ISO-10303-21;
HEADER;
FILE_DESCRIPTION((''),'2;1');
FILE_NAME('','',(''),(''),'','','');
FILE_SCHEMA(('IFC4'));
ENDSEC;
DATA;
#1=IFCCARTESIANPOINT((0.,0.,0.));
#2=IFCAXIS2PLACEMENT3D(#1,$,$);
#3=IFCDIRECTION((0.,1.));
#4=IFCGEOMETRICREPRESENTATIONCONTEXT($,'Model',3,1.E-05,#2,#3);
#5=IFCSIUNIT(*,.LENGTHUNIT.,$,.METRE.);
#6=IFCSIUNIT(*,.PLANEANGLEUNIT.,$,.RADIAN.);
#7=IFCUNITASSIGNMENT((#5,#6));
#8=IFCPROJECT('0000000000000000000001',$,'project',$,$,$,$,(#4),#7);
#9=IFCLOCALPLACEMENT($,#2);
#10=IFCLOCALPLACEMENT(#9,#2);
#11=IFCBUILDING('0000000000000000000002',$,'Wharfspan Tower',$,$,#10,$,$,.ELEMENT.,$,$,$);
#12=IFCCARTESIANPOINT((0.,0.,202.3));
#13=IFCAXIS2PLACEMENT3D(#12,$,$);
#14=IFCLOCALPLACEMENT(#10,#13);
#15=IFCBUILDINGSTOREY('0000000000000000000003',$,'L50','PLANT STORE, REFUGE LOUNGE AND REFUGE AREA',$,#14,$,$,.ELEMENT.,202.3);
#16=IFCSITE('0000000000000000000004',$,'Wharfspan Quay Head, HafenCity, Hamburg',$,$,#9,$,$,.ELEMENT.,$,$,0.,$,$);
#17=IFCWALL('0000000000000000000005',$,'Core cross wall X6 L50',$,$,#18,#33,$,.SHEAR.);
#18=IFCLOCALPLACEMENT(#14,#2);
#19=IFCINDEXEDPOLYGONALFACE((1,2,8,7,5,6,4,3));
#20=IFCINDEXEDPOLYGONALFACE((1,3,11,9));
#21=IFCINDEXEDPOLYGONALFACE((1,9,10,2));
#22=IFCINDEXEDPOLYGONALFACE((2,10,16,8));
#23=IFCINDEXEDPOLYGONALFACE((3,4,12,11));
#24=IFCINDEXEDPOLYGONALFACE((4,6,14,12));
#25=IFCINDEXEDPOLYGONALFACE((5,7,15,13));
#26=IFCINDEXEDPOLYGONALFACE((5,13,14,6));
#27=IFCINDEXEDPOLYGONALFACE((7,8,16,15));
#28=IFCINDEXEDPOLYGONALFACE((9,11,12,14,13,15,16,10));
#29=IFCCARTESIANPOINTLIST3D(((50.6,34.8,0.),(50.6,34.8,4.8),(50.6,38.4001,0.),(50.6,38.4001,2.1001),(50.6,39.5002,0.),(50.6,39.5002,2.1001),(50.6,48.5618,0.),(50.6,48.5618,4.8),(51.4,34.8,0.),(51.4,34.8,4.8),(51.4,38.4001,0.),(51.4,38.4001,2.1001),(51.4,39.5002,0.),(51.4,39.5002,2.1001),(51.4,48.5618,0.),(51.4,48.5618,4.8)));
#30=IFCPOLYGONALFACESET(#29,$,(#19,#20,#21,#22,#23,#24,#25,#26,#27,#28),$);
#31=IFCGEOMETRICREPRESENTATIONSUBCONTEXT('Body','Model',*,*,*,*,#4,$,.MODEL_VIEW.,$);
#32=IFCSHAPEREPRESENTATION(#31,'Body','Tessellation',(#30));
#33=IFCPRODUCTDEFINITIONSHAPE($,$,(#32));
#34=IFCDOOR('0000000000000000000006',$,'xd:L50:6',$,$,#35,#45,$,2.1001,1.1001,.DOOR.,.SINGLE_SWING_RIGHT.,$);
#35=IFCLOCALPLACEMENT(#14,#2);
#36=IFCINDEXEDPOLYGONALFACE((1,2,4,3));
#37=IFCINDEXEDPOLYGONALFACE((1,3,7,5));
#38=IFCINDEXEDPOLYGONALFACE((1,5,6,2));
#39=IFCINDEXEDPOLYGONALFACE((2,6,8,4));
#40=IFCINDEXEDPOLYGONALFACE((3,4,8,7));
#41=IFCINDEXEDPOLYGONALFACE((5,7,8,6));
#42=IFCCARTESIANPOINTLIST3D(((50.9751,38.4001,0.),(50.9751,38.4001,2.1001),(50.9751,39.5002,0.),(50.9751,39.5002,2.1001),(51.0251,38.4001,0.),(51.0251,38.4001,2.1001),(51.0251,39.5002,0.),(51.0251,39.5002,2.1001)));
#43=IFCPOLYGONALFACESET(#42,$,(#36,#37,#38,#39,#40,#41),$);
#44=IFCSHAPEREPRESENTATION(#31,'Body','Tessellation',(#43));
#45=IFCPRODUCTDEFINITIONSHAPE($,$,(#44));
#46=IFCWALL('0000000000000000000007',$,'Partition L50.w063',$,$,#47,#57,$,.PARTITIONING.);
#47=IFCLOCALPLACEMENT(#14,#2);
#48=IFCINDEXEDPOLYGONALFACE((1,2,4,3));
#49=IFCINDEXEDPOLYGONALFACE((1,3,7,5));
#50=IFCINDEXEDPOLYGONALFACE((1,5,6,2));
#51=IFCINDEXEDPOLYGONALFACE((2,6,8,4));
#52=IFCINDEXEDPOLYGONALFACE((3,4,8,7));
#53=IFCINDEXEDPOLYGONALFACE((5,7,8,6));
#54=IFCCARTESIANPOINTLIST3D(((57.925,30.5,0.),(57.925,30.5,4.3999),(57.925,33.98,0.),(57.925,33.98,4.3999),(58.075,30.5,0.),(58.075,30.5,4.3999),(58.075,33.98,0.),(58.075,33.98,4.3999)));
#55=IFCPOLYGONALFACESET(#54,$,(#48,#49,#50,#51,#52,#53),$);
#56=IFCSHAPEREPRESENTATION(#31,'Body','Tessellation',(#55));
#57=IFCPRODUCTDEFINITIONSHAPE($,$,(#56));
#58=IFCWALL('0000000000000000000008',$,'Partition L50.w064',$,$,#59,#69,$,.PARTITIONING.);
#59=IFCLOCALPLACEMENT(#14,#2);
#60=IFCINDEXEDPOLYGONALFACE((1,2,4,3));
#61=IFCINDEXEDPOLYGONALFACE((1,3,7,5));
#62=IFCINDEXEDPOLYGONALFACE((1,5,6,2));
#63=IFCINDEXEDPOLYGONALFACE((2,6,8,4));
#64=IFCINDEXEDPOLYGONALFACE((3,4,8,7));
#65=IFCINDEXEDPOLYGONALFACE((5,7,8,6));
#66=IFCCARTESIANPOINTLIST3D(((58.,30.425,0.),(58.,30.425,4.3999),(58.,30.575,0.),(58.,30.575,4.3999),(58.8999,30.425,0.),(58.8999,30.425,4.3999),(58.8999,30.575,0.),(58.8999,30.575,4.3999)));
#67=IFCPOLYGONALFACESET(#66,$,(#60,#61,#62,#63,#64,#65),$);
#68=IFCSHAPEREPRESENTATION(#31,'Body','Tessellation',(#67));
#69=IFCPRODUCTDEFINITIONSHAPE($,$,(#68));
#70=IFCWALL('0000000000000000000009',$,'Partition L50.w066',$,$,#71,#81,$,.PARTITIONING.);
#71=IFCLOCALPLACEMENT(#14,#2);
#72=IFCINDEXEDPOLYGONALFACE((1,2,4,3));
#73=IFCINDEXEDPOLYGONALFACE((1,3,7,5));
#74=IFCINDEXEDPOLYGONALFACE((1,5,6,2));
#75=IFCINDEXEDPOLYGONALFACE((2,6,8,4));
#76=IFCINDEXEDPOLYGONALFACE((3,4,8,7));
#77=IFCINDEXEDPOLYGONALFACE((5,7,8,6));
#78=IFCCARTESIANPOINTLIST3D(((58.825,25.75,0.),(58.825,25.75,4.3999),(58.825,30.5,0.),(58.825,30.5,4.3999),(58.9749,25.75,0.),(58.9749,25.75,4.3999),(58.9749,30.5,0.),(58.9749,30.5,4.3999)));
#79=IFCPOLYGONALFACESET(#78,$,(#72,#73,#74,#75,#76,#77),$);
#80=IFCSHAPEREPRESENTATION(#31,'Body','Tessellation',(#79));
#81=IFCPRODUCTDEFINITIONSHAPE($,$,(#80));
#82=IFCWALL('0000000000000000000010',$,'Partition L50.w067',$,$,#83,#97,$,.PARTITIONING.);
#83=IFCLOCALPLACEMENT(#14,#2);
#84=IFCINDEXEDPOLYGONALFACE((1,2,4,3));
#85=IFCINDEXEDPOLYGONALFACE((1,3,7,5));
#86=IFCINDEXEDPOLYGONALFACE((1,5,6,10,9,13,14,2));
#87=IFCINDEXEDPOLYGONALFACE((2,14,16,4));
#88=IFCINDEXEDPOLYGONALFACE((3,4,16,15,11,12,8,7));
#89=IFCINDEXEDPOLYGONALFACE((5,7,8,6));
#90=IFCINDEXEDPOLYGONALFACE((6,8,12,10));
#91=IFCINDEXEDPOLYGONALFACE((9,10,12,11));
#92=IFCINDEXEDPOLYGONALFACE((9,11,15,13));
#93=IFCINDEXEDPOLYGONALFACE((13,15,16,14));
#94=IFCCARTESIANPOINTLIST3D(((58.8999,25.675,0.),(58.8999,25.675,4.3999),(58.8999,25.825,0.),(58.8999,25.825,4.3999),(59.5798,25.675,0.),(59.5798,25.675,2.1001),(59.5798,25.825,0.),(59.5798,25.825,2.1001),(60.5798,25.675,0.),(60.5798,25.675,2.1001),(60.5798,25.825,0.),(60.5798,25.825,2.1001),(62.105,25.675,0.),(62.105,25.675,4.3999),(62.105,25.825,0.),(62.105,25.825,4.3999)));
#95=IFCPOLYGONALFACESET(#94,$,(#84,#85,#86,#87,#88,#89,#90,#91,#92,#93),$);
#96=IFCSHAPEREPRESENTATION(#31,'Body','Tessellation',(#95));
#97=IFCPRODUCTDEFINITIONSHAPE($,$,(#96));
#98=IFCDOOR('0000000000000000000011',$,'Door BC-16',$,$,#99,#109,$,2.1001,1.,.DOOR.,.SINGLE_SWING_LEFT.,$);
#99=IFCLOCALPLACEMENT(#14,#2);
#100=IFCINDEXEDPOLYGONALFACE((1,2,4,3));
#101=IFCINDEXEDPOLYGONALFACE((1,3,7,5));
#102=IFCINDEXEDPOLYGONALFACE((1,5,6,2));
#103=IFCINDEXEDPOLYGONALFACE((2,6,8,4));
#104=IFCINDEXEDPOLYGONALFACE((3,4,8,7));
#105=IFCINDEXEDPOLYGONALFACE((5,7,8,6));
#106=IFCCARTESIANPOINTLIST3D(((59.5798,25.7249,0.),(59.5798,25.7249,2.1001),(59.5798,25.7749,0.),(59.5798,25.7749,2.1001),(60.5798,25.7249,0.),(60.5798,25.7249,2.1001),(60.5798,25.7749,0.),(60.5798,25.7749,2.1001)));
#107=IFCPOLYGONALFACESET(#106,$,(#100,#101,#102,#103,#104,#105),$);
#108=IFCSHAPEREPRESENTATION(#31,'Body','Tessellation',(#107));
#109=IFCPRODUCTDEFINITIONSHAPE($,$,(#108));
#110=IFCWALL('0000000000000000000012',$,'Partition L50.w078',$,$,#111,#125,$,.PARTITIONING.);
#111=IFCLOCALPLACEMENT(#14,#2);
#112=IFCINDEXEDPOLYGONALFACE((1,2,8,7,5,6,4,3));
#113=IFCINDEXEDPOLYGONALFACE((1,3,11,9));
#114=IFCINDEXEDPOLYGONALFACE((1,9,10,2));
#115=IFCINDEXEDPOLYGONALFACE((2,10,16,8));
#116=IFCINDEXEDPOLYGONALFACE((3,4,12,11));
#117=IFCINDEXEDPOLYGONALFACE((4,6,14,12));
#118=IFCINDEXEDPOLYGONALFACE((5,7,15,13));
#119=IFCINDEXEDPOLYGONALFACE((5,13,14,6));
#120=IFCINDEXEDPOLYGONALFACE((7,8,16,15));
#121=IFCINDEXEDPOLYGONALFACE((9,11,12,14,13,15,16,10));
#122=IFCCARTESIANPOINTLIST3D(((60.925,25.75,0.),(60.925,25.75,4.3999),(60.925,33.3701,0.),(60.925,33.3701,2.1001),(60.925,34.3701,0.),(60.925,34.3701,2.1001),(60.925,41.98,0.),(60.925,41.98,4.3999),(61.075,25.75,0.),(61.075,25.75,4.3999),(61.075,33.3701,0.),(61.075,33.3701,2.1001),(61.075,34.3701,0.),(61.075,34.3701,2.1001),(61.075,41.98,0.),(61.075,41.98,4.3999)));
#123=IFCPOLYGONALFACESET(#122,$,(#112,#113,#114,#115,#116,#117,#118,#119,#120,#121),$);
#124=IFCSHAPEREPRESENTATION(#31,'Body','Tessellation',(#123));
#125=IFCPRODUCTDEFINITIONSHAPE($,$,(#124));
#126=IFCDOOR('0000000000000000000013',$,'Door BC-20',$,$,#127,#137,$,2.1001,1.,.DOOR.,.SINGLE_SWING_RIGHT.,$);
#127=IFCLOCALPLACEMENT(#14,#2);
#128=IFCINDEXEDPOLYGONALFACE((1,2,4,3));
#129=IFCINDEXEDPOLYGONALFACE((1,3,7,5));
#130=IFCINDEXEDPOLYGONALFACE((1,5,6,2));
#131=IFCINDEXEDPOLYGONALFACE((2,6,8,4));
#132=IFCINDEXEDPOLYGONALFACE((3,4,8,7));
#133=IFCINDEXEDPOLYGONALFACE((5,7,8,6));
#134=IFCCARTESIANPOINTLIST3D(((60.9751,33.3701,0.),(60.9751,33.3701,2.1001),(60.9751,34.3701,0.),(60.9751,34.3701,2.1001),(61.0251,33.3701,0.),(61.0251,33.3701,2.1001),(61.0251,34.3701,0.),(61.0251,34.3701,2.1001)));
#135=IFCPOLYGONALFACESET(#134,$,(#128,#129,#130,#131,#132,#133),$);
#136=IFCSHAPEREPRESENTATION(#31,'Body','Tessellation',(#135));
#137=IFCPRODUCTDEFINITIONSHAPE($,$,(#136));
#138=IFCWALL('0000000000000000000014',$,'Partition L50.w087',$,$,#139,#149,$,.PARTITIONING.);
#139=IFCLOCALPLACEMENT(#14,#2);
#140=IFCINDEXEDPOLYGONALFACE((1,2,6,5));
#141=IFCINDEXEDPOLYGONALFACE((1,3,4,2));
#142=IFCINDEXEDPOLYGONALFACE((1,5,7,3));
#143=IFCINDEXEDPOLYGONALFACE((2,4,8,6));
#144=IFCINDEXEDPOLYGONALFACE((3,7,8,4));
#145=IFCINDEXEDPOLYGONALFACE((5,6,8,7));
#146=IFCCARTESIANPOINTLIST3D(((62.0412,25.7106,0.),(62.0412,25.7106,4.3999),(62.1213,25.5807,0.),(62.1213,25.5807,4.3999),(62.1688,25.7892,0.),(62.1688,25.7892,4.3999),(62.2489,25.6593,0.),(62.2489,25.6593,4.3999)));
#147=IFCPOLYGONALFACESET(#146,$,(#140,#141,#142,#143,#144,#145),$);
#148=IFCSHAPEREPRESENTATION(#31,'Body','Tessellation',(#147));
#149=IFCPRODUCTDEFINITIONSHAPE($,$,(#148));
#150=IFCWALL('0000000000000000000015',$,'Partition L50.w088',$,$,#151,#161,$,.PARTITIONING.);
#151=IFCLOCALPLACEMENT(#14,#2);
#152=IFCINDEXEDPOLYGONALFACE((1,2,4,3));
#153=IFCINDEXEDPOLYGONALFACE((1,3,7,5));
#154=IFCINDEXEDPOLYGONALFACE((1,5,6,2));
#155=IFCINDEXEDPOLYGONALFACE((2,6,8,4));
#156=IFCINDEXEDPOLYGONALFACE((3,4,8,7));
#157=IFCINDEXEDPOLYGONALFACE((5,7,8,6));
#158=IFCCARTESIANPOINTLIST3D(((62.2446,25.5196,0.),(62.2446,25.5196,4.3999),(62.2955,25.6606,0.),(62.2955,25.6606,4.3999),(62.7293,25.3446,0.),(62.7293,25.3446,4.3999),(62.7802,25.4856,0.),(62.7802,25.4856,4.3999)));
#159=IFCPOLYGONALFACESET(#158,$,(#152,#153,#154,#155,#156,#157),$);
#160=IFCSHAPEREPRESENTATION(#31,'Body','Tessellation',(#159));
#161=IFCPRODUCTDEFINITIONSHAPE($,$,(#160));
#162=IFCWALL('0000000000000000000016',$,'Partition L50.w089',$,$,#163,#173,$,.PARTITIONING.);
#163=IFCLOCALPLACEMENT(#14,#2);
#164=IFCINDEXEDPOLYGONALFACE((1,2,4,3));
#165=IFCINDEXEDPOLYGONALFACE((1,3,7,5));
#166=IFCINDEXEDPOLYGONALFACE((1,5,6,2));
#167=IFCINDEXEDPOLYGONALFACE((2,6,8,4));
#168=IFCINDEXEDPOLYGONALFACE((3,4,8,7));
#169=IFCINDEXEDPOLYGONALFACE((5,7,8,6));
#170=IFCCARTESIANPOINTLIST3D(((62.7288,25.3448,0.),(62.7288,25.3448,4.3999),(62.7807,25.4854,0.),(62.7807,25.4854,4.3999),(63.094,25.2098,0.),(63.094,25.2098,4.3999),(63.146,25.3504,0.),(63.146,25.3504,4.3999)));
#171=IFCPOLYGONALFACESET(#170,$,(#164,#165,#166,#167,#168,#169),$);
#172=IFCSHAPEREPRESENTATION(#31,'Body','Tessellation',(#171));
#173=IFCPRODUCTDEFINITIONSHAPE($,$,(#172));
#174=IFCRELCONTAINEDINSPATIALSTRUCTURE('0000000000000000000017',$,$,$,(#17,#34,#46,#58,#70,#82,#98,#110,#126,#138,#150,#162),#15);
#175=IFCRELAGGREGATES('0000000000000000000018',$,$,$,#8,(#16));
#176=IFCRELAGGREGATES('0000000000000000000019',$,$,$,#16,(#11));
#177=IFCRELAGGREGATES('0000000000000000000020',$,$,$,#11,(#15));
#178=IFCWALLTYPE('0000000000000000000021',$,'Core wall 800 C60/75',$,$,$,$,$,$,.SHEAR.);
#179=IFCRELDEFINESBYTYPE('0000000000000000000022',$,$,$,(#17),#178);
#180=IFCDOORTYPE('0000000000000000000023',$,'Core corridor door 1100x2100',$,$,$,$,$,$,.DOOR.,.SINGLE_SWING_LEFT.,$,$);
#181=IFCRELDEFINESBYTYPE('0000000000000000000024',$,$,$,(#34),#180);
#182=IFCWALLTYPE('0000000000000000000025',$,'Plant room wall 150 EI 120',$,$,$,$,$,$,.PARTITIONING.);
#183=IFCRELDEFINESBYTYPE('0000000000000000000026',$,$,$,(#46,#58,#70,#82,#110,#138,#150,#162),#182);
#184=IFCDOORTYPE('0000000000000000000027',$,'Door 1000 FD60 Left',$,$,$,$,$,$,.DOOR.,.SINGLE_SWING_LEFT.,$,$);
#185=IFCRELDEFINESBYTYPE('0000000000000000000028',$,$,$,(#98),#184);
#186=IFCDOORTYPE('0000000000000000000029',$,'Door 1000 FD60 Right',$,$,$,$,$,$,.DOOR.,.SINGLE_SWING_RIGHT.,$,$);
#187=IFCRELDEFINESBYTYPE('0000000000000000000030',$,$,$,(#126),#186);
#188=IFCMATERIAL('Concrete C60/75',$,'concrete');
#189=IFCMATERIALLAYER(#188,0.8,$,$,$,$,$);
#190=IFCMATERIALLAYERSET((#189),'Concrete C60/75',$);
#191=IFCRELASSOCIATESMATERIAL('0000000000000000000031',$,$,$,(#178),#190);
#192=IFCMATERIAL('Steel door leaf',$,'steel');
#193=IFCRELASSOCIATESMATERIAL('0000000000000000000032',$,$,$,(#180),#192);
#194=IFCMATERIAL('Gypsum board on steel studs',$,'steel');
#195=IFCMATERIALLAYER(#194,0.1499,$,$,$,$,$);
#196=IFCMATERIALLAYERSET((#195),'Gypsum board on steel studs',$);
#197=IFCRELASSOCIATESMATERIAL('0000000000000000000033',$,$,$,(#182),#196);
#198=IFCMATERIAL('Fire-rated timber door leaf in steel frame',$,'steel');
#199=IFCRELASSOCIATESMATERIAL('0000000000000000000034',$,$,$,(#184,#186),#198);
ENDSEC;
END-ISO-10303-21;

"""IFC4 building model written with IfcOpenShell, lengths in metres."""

from ifc_helpers import new_model, si_unit, direction, frame, frame_2d, origin, place, context, subcontext, project, spatial, rectangle, extrude, material, layer, layer_set, type_object, element, fill, save


model = new_model("IFC4")

# Units and contexts
model_context = context("Model", 3, precision=1e-05, world=origin(), true_north=direction((0.0, 1.0)))
body_context = subcontext(model_context, "Body", "Model", "MODEL_VIEW")
ifc_project = project(units=[si_unit("LENGTHUNIT", "METRE"), si_unit("PLANEANGLEUNIT", "RADIAN")], contexts=[model_context])

# Site, building, storey
site_placement = place(None, origin())
site = spatial("IfcSite", under=ifc_project, at=site_placement, Name="Wharfspan Quay Head, HafenCity, Hamburg", CompositionType="ELEMENT", RefElevation=0.0)
building_placement = place(site_placement, origin())
building = spatial("IfcBuilding", under=site, at=building_placement, Name="Wharfspan Tower", CompositionType="ELEMENT")
storey_placement = place(building_placement, frame((0.0, 0.0, 202.3)))
storey = spatial("IfcBuildingStorey", under=building, at=storey_placement, Name="L50", Description="PLANT STORE, REFUGE LOUNGE AND REFUGE AREA", CompositionType="ELEMENT", Elevation=202.3)

# Wall, opening, door
ifc_material_1 = material(Name="Concrete C60/75", Category="concrete")
ifc_layer_1 = layer(ifc_material_1, 0.8)
ifc_layer_set_1 = layer_set([ifc_layer_1], Name="Concrete C60/75")
wall_type_1 = type_object("IfcWallType", Name="Core wall 800 C60/75", PredefinedType="SHEAR", material=ifc_layer_set_1)
wall_1_placement = place(storey_placement, frame((51.0, 34.8, 0.0), z_axis=(0.0, 0.0, 1.0), x_axis=(0.0, 1.0, 0.0)))
wall_1 = element("IfcWall", 1, at=wall_1_placement, inside=storey, type_object=wall_type_1, Name="Core cross wall X6 L50", PredefinedType="SHEAR", context=body_context, shape_type="SweptSolid", body=[
    extrude(rectangle(XDim=13.7617, YDim=0.8, at=frame_2d((6.8809, 0.0))), origin(), (0.0, 0.0, 1.0), 4.8),
])
opening_1_placement = place(wall_1_placement, frame((3.6001, 0.0, 0.0)))
opening_1 = element("IfcOpeningElement", 2, at=opening_1_placement, cuts=wall_1, PredefinedType="OPENING", context=body_context, shape_type="SweptSolid", body=[
    extrude(rectangle(XDim=1.1001, YDim=2.1001, at=frame_2d((0.55, 1.05))), frame((0.0, 0.4099, 0.0), z_axis=(0.0, -1.0, 0.0), x_axis=(1.0, 0.0, 0.0)), (0.0, 0.0, 1.0), 0.8201),
])
ifc_material_2 = material(Name="Steel door leaf", Category="steel")
door_type_1 = type_object("IfcDoorType", Name="Core corridor door 1100x2100", OperationType="SINGLE_SWING_LEFT", PredefinedType="DOOR", material=ifc_material_2)
door_1_placement = place(opening_1_placement, origin())
door_1 = element("IfcDoor", 3, at=door_1_placement, inside=storey, type_object=door_type_1, Name="xd:L50:6", OperationType="SINGLE_SWING_RIGHT", OverallHeight=2.1001, OverallWidth=1.1001, PredefinedType="DOOR", context=body_context, shape_type="SweptSolid", body=[
    extrude(rectangle(XDim=1.1001, YDim=2.1001, at=frame_2d((0.55, 1.05))), frame((0.0, 0.0249, 0.0), z_axis=(0.0, -1.0, 0.0), x_axis=(1.0, 0.0, 0.0)), (0.0, 0.0, 1.0), 0.05),
])
fill(opening_1, door_1)

# Walls
ifc_material_3 = material(Name="Gypsum board on steel studs", Category="steel")
ifc_layer_2 = layer(ifc_material_3, 0.1499)
ifc_layer_set_2 = layer_set([ifc_layer_2], Name="Gypsum board on steel studs")
wall_type_2 = type_object("IfcWallType", Name="Plant room wall 150 EI 120", PredefinedType="PARTITIONING", material=ifc_layer_set_2)
wall_2_placement = place(storey_placement, frame((58.0, 30.5, 0.0), z_axis=(0.0, 0.0, 1.0), x_axis=(0.0, 1.0, 0.0)))
element("IfcWall", 4, at=wall_2_placement, inside=storey, type_object=wall_type_2, Name="Partition L50.w063", PredefinedType="PARTITIONING", context=body_context, shape_type="SweptSolid", body=[
    extrude(rectangle(XDim=3.48, YDim=0.1499, at=frame_2d((1.74, 0.0))), origin(), (0.0, 0.0, 1.0), 4.3999),
])
wall_3_placement = place(storey_placement, frame((58.0, 30.5, 0.0), z_axis=(0.0, 0.0, 1.0), x_axis=(1.0, 0.0, 0.0)))
element("IfcWall", 5, at=wall_3_placement, inside=storey, type_object=wall_type_2, Name="Partition L50.w064", PredefinedType="PARTITIONING", context=body_context, shape_type="SweptSolid", body=[
    extrude(rectangle(XDim=0.8999, YDim=0.1499, at=frame_2d((0.45, 0.0))), origin(), (0.0, 0.0, 1.0), 4.3999),
])
wall_4_placement = place(storey_placement, frame((58.8999, 25.75, 0.0), z_axis=(0.0, 0.0, 1.0), x_axis=(0.0, 1.0, 0.0)))
element("IfcWall", 6, at=wall_4_placement, inside=storey, type_object=wall_type_2, Name="Partition L50.w066", PredefinedType="PARTITIONING", context=body_context, shape_type="SweptSolid", body=[
    extrude(rectangle(XDim=4.75, YDim=0.1499, at=frame_2d((2.375, 0.0))), origin(), (0.0, 0.0, 1.0), 4.3999),
])

# Walls, openings, doors
wall_5_placement = place(storey_placement, frame((58.8999, 25.75, 0.0), z_axis=(0.0, 0.0, 1.0), x_axis=(1.0, 0.0, 0.0)))
wall_5 = element("IfcWall", 7, at=wall_5_placement, inside=storey, type_object=wall_type_2, Name="Partition L50.w067", PredefinedType="PARTITIONING", context=body_context, shape_type="SweptSolid", body=[
    extrude(rectangle(XDim=3.2051, YDim=0.1499, at=frame_2d((1.6025, 0.0))), origin(), (0.0, 0.0, 1.0), 4.3999),
])
opening_2_placement = place(wall_5_placement, frame((0.6799, 0.0, 0.0)))
opening_2 = element("IfcOpeningElement", 8, at=opening_2_placement, cuts=wall_5, PredefinedType="OPENING", context=body_context, shape_type="SweptSolid", body=[
    extrude(rectangle(XDim=1.0, YDim=2.1001, at=frame_2d((0.5, 1.05))), frame((0.0, 0.085, 0.0), z_axis=(0.0, -1.0, 0.0), x_axis=(1.0, 0.0, 0.0)), (0.0, 0.0, 1.0), 0.1699),
])
ifc_material_4 = material(Name="Fire-rated timber door leaf in steel frame", Category="steel")
door_type_2 = type_object("IfcDoorType", Name="Door 1000 FD60 Left", OperationType="SINGLE_SWING_LEFT", PredefinedType="DOOR", material=ifc_material_4)
door_2_placement = place(opening_2_placement, origin())
door_2 = element("IfcDoor", 9, at=door_2_placement, inside=storey, type_object=door_type_2, Name="Door BC-16", OperationType="SINGLE_SWING_LEFT", OverallHeight=2.1001, OverallWidth=1.0, PredefinedType="DOOR", context=body_context, shape_type="SweptSolid", body=[
    extrude(rectangle(XDim=1.0, YDim=2.1001, at=frame_2d((0.5, 1.05))), frame((0.0, 0.0249, 0.0), z_axis=(0.0, -1.0, 0.0), x_axis=(1.0, 0.0, 0.0)), (0.0, 0.0, 1.0), 0.05),
])
fill(opening_2, door_2)
wall_6_placement = place(storey_placement, frame((61.0, 25.75, 0.0), z_axis=(0.0, 0.0, 1.0), x_axis=(0.0, 1.0, 0.0)))
wall_6 = element("IfcWall", 10, at=wall_6_placement, inside=storey, type_object=wall_type_2, Name="Partition L50.w078", PredefinedType="PARTITIONING", context=body_context, shape_type="SweptSolid", body=[
    extrude(rectangle(XDim=16.23, YDim=0.1499, at=frame_2d((8.115, 0.0))), origin(), (0.0, 0.0, 1.0), 4.3999),
])
opening_3_placement = place(wall_6_placement, frame((7.6201, 0.0, 0.0)))
opening_3 = element("IfcOpeningElement", 11, at=opening_3_placement, cuts=wall_6, PredefinedType="OPENING", context=body_context, shape_type="SweptSolid", body=[
    extrude(rectangle(XDim=1.0, YDim=2.1001, at=frame_2d((0.5, 1.05))), frame((0.0, 0.085, 0.0), z_axis=(0.0, -1.0, 0.0), x_axis=(1.0, 0.0, 0.0)), (0.0, 0.0, 1.0), 0.1699),
])
door_type_3 = type_object("IfcDoorType", Name="Door 1000 FD60 Right", OperationType="SINGLE_SWING_RIGHT", PredefinedType="DOOR", material=ifc_material_4)
door_3_placement = place(opening_3_placement, origin())
door_3 = element("IfcDoor", 12, at=door_3_placement, inside=storey, type_object=door_type_3, Name="Door BC-20", OperationType="SINGLE_SWING_RIGHT", OverallHeight=2.1001, OverallWidth=1.0, PredefinedType="DOOR", context=body_context, shape_type="SweptSolid", body=[
    extrude(rectangle(XDim=1.0, YDim=2.1001, at=frame_2d((0.5, 1.05))), frame((0.0, 0.0249, 0.0), z_axis=(0.0, -1.0, 0.0), x_axis=(1.0, 0.0, 0.0)), (0.0, 0.0, 1.0), 0.05),
])
fill(opening_3, door_3)

# Walls
wall_7_placement = place(storey_placement, frame((62.1851, 25.6201, 0.0), z_axis=(0.0, 0.0, 1.0), x_axis=(-0.524813, 0.851221, 0.0)))
element("IfcWall", 13, at=wall_7_placement, inside=storey, type_object=wall_type_2, Name="Partition L50.w087", PredefinedType="PARTITIONING", context=body_context, shape_type="SweptSolid", body=[
    extrude(rectangle(XDim=0.1526, YDim=0.1499, at=frame_2d((0.0762, 0.0))), origin(), (0.0, 0.0, 1.0), 4.3999),
])
wall_8_placement = place(storey_placement, frame((62.7549, 25.415, 0.0), z_axis=(0.0, 0.0, 1.0), x_axis=(-0.940583, 0.339576, 0.0)))
element("IfcWall", 14, at=wall_8_placement, inside=storey, type_object=wall_type_2, Name="Partition L50.w088", PredefinedType="PARTITIONING", context=body_context, shape_type="SweptSolid", body=[
    extrude(rectangle(XDim=0.5154, YDim=0.1499, at=frame_2d((0.2578, 0.0))), origin(), (0.0, 0.0, 1.0), 4.3999),
])
wall_9_placement = place(storey_placement, frame((63.1201, 25.28, 0.0), z_axis=(0.0, 0.0, 1.0), x_axis=(-0.937965, 0.346721, 0.0)))
element("IfcWall", 15, at=wall_9_placement, inside=storey, type_object=wall_type_2, Name="Partition L50.w089", PredefinedType="PARTITIONING", context=body_context, shape_type="SweptSolid", body=[
    extrude(rectangle(XDim=0.3894, YDim=0.1499, at=frame_2d((0.1948, 0.0))), origin(), (0.0, 0.0, 1.0), 4.3999),
])

save(model, "model.ifc")
